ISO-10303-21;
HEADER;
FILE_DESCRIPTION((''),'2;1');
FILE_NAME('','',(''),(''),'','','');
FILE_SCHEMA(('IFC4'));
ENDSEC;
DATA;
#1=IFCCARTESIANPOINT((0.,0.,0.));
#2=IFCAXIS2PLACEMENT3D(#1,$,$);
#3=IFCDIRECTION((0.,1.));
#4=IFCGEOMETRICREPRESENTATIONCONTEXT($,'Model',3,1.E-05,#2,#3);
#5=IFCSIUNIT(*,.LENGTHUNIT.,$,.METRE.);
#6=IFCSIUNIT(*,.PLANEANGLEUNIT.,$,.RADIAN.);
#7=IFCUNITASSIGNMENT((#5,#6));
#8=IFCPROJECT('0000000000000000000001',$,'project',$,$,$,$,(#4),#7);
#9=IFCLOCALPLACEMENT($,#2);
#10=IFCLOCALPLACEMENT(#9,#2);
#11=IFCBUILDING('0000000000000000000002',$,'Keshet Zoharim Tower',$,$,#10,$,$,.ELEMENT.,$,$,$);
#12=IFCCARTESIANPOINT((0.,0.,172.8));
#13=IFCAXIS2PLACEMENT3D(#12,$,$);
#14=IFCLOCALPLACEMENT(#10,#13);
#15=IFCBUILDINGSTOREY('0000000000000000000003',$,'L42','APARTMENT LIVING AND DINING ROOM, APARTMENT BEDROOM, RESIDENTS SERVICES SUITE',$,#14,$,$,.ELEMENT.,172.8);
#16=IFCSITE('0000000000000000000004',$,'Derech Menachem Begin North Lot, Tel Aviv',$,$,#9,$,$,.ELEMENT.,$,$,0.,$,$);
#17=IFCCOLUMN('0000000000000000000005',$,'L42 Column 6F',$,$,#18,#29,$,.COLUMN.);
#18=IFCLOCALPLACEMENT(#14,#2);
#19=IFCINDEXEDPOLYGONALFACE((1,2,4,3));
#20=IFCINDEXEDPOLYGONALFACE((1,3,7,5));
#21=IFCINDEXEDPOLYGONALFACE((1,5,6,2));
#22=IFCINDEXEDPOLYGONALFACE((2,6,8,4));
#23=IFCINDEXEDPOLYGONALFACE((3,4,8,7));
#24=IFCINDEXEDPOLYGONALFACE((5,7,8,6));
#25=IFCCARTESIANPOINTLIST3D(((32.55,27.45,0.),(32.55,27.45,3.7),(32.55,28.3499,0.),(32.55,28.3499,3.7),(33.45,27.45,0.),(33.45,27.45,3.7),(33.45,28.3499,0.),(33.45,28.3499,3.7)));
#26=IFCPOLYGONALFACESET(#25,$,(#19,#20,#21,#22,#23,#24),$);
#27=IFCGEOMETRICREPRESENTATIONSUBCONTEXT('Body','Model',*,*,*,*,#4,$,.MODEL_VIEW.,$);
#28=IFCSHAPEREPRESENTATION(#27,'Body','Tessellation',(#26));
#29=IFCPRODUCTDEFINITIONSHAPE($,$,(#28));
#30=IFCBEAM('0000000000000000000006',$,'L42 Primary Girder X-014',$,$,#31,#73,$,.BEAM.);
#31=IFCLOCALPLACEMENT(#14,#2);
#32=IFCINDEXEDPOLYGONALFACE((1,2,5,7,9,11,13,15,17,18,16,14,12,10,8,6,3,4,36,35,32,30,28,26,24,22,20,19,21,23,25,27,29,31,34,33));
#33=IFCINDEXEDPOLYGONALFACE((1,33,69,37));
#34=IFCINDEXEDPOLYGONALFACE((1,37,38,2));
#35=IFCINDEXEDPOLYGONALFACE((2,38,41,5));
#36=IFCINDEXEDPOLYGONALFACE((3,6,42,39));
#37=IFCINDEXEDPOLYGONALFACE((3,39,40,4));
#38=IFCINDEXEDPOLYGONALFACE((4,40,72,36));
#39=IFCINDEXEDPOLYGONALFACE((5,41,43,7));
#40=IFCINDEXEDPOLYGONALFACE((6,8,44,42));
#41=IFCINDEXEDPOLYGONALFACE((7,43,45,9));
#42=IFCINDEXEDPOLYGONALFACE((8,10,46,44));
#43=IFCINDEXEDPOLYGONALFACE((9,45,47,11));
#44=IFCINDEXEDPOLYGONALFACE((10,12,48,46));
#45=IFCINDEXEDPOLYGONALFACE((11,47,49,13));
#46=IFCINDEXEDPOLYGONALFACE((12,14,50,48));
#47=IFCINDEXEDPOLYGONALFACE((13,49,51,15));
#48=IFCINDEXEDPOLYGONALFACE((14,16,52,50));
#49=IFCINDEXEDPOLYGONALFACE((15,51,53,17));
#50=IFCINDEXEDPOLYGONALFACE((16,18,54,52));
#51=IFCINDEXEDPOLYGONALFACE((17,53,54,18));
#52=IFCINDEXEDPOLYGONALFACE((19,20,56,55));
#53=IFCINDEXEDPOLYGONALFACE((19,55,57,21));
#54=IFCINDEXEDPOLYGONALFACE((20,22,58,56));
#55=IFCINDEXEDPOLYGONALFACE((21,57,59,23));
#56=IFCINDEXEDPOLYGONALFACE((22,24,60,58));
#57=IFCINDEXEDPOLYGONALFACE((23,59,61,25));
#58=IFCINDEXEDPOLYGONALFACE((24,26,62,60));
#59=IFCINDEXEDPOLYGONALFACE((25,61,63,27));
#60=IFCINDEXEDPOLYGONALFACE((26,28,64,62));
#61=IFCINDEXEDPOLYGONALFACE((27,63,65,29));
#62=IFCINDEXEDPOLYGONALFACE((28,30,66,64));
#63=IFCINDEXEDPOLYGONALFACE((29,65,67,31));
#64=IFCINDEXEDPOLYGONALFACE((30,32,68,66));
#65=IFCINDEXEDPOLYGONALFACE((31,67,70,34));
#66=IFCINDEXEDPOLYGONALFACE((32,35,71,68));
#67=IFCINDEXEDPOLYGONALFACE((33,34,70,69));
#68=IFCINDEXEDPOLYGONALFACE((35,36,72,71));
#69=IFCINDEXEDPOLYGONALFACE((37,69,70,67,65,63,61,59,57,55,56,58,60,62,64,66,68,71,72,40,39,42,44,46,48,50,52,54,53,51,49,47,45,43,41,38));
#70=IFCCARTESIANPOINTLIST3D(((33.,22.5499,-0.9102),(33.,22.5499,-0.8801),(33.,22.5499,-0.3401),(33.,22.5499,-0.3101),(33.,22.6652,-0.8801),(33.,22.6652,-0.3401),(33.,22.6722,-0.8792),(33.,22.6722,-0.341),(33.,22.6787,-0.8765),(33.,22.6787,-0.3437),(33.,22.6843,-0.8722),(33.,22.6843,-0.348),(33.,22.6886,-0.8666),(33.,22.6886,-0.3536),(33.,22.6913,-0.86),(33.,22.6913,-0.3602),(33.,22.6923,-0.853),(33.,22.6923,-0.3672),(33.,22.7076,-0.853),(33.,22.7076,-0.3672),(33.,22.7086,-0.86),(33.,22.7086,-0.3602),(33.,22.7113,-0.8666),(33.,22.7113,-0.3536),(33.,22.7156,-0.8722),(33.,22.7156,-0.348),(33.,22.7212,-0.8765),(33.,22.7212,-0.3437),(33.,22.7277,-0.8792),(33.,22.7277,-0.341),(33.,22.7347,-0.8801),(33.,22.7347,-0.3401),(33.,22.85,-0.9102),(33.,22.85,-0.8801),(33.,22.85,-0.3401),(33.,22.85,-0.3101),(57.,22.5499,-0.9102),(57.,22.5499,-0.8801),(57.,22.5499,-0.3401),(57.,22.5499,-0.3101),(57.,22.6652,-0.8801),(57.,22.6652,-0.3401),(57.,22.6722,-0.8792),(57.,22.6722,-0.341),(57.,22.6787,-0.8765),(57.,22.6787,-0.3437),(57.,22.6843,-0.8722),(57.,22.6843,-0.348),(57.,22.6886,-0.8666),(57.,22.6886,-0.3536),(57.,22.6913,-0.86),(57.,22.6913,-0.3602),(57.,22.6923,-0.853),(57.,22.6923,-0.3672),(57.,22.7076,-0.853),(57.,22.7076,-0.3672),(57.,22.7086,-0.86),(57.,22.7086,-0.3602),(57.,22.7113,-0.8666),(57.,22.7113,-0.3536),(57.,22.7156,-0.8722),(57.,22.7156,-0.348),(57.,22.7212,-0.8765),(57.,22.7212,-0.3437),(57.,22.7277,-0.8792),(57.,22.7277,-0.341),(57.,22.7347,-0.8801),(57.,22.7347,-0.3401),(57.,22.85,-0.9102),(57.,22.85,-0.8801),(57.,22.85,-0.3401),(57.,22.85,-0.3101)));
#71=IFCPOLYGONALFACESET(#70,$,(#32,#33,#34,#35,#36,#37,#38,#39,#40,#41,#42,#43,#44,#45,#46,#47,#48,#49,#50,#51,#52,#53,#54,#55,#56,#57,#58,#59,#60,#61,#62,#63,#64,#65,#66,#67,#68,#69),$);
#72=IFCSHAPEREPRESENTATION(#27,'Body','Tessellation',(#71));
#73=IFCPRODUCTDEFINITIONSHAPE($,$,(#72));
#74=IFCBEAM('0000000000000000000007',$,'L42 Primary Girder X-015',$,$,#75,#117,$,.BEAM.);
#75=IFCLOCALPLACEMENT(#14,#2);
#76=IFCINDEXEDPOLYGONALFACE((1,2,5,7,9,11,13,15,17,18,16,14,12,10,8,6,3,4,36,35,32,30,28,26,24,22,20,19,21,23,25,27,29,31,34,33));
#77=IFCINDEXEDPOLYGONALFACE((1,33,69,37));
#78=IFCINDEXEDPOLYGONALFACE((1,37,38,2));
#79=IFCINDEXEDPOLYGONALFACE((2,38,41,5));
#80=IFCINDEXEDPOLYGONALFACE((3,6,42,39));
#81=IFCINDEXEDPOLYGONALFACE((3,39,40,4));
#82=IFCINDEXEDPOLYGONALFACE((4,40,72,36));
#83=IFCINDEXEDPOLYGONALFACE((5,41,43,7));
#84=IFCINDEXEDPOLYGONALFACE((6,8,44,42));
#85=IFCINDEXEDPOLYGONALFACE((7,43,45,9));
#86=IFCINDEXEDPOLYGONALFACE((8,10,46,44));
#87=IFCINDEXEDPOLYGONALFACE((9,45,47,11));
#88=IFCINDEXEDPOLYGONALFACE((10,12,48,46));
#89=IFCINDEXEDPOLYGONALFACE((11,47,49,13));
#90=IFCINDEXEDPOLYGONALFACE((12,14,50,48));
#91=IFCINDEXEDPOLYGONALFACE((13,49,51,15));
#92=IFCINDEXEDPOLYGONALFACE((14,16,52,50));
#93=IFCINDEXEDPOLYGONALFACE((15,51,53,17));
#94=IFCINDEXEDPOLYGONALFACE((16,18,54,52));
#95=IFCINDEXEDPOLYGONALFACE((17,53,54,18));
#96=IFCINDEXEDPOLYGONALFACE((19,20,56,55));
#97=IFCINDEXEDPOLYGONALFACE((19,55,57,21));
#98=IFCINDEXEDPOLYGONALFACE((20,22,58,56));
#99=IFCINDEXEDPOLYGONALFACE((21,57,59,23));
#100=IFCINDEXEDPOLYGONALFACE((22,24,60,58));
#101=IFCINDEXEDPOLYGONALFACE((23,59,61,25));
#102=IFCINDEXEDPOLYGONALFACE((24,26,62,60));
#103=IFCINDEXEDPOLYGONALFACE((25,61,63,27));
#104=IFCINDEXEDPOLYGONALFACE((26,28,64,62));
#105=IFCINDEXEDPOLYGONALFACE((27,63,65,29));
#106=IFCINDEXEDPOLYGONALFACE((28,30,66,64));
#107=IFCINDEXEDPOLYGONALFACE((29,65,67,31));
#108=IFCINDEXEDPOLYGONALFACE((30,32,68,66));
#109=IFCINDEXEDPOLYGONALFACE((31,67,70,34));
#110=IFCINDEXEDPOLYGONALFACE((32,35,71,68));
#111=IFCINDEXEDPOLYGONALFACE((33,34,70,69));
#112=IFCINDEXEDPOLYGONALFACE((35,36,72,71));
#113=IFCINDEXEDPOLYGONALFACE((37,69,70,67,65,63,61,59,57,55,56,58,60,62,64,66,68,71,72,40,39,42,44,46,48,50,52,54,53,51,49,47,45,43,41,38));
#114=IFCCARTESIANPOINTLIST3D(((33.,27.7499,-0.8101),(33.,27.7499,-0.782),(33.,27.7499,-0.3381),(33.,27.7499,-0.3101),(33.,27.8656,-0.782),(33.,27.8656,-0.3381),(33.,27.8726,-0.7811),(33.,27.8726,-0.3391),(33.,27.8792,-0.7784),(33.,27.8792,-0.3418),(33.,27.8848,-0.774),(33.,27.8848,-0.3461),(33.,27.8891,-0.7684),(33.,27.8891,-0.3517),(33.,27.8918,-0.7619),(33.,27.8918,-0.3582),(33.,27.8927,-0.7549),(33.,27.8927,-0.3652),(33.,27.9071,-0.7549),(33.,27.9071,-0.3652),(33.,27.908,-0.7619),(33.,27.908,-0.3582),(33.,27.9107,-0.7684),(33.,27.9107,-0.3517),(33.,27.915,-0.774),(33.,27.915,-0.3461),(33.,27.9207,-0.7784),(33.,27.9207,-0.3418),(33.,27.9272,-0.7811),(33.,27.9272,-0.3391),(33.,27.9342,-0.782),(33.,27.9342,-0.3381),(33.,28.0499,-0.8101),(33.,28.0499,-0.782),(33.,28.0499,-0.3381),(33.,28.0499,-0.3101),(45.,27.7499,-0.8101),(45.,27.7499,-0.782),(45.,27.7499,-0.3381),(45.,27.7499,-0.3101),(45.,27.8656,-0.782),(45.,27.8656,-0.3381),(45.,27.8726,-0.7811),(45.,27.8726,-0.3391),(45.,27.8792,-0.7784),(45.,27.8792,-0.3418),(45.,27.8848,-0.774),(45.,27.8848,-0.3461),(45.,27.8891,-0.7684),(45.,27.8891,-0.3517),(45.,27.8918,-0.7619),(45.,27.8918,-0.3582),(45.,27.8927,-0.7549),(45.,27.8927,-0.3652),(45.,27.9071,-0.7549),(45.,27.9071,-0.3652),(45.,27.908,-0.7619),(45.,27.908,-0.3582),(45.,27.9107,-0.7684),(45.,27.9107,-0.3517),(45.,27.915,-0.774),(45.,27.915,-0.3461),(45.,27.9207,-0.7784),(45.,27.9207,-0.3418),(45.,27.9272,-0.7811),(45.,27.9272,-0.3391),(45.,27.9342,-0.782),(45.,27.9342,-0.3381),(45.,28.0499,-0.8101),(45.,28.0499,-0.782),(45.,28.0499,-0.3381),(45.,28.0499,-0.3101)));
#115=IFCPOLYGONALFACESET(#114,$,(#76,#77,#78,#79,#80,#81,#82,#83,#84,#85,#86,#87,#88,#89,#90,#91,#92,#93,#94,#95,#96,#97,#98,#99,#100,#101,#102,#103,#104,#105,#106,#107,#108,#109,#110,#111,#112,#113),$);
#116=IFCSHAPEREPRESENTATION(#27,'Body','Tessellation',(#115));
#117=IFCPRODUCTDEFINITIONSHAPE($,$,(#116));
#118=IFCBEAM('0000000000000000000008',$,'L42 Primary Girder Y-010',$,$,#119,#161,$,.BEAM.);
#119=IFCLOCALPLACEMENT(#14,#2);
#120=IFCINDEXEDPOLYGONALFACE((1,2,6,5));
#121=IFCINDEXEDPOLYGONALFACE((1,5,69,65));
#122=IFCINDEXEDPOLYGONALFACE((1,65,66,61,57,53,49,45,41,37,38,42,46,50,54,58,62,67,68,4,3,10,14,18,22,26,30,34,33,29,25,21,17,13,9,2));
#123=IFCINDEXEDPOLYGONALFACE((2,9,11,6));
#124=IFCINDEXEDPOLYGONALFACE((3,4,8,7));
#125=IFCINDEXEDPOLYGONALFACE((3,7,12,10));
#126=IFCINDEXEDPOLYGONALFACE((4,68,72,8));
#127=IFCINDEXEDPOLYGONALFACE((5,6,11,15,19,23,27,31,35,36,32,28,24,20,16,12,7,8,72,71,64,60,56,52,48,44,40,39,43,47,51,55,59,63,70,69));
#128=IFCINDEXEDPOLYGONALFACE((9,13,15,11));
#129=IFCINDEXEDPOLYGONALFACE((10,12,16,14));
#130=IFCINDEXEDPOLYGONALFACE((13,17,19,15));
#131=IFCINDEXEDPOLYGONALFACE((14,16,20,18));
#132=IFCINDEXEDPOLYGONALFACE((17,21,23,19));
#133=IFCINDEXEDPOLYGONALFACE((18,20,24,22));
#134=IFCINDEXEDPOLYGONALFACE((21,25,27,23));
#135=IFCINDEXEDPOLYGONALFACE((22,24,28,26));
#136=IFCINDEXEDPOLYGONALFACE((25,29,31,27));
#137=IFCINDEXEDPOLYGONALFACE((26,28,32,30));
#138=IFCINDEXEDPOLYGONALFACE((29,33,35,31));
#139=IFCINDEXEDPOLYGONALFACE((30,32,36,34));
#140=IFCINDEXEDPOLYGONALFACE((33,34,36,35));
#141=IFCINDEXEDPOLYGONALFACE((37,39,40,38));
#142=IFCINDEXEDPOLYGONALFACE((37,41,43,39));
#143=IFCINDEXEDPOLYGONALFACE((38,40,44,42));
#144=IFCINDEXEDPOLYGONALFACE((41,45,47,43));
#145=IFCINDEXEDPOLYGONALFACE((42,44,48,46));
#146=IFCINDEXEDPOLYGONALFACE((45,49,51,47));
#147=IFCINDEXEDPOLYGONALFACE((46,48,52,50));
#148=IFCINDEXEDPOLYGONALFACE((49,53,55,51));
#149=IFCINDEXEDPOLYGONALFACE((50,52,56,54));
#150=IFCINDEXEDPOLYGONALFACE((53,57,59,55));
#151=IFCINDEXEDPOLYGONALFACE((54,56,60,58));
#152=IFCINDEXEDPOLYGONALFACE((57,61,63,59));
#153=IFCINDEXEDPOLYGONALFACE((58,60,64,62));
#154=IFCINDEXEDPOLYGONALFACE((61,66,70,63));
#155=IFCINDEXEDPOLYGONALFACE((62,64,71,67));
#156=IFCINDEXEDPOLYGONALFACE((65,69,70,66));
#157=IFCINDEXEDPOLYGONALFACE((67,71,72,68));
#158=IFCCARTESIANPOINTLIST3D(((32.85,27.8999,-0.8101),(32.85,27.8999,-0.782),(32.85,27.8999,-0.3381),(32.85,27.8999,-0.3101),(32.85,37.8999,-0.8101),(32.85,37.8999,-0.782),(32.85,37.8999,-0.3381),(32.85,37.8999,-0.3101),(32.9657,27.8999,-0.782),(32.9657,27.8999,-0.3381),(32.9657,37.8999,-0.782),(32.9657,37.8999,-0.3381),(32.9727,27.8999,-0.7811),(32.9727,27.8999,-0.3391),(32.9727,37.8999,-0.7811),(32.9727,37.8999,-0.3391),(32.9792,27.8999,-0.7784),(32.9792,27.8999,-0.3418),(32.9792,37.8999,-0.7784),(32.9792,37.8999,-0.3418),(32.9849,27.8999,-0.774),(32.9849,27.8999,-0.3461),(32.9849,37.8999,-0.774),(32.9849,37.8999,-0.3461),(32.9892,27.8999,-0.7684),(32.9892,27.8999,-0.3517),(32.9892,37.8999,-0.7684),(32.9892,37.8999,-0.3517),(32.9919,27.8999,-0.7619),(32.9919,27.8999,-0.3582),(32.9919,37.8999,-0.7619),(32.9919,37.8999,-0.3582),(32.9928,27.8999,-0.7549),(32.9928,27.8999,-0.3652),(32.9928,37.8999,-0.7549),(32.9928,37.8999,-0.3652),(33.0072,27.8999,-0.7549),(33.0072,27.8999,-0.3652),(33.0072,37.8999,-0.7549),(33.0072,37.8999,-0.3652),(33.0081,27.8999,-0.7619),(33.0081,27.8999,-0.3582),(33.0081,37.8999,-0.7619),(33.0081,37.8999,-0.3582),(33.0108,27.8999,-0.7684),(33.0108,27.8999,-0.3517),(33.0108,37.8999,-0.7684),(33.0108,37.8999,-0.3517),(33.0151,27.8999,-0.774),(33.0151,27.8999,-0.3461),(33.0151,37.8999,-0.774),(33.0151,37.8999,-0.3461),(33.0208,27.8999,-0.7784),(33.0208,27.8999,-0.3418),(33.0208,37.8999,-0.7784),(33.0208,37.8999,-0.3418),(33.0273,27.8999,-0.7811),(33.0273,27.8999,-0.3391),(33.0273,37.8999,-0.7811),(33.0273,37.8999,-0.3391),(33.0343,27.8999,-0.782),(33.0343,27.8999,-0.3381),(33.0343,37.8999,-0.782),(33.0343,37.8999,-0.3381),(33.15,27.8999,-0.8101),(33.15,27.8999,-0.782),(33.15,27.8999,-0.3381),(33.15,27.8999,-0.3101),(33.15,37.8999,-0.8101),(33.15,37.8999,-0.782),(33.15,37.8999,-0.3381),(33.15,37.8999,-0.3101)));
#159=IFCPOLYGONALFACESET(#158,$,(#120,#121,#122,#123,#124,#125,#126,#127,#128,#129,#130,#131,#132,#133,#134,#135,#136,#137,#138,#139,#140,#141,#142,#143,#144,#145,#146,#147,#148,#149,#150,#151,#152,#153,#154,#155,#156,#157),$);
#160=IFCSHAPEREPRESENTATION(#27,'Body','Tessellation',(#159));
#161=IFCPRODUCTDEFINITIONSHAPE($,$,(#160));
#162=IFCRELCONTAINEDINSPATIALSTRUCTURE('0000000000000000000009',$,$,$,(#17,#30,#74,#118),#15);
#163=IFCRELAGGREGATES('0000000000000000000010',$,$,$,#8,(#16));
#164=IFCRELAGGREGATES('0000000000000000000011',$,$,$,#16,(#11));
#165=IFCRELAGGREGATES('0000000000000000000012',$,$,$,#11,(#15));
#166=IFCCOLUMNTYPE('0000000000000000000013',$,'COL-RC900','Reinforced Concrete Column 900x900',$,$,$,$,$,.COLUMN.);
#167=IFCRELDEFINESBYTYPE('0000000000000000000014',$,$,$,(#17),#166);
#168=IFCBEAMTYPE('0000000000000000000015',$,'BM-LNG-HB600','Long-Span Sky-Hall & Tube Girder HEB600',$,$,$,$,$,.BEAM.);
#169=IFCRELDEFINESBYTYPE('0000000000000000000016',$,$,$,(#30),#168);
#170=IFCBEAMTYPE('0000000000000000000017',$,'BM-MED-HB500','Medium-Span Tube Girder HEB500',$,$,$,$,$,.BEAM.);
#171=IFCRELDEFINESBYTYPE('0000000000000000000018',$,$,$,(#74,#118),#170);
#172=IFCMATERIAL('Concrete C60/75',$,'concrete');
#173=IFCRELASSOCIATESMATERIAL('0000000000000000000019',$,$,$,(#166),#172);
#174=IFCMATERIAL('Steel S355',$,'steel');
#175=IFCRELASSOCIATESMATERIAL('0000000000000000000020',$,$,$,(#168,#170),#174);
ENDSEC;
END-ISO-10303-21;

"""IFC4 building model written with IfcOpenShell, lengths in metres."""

from ifc_helpers import new_model, si_unit, direction, frame, origin, origin_2d, place, context, subcontext, project, spatial, rectangle, i_section, extrude, material, material_profile, profile_set, type_object, element, save


model = new_model("IFC4")

# Units and contexts
model_context = context("Model", 3, precision=1e-05, world=origin(), true_north=direction((0.0, 1.0)))
body_context = subcontext(model_context, "Body", "Model", "MODEL_VIEW")
ifc_project = project(units=[si_unit("LENGTHUNIT", "METRE"), si_unit("PLANEANGLEUNIT", "RADIAN")], contexts=[model_context])

# Site, building, storey
site_placement = place(None, origin())
site = spatial("IfcSite", under=ifc_project, at=site_placement, Name="Derech Menachem Begin North Lot, Tel Aviv", CompositionType="ELEMENT", RefElevation=0.0)
building_placement = place(site_placement, origin())
building = spatial("IfcBuilding", under=site, at=building_placement, Name="Keshet Zoharim Tower", CompositionType="ELEMENT")
storey_placement = place(building_placement, frame((0.0, 0.0, 172.8)))
storey = spatial("IfcBuildingStorey", under=building, at=storey_placement, Name="L42", Description="APARTMENT LIVING AND DINING ROOM, APARTMENT BEDROOM, RESIDENTS SERVICES SUITE", CompositionType="ELEMENT", Elevation=172.8)

# Column
ifc_material_1 = material(Name="Concrete C60/75", Category="concrete")
ifc_material_profile_1 = material_profile(ifc_material_1, rectangle(XDim=0.8999, YDim=0.8999, at=origin_2d()), Name="RC900x900")
ifc_profile_set_1 = profile_set([ifc_material_profile_1], Name="Concrete C60/75")
column_type = type_object("IfcColumnType", Name="COL-RC900", Description="Reinforced Concrete Column 900x900", PredefinedType="COLUMN", material=ifc_profile_set_1)
column_placement = place(storey_placement, frame((33.0, 27.8999, 0.0), z_axis=(0.0, 0.0, 1.0), x_axis=(1.0, 0.0, 0.0)))
element("IfcColumn", 1, at=column_placement, inside=storey, type_object=column_type, Name="L42 Column 6F", PredefinedType="COLUMN", context=body_context, shape_type="SweptSolid", body=[
    extrude(rectangle(XDim=0.8999, YDim=0.8999, at=origin_2d()), origin(), (0.0, 0.0, 1.0), 3.7),
])

# Beams
ifc_material_2 = material(Name="Steel S355", Category="steel")
ifc_material_profile_2 = material_profile(ifc_material_2, i_section(OverallWidth=0.3, OverallDepth=0.6001, WebThickness=0.0154, FlangeThickness=0.03, FilletRadius=0.0271, at=origin_2d()), Name="HEB600")
ifc_profile_set_2 = profile_set([ifc_material_profile_2], Name="Steel S355")
beam_type_1 = type_object("IfcBeamType", Name="BM-LNG-HB600", Description="Long-Span Sky-Hall & Tube Girder HEB600", PredefinedType="BEAM", material=ifc_profile_set_2)
beam_1_placement = place(storey_placement, frame((33.0, 22.7, -0.6101), z_axis=(1.0, 0.0, 0.0), x_axis=(0.0, 1.0, 0.0)))
element("IfcBeam", 2, at=beam_1_placement, inside=storey, type_object=beam_type_1, Name="L42 Primary Girder X-014", PredefinedType="BEAM", context=body_context, shape_type="SweptSolid", body=[
    extrude(i_section(OverallWidth=0.3, OverallDepth=0.6001, WebThickness=0.0154, FlangeThickness=0.03, FilletRadius=0.0271, at=origin_2d()), origin(), (0.0, 0.0, 1.0), 24.0),
])
ifc_material_profile_3 = material_profile(ifc_material_2, i_section(OverallWidth=0.3, OverallDepth=0.5, WebThickness=0.0144, FlangeThickness=0.0281, FilletRadius=0.0271, at=origin_2d()), Name="HEB500")
ifc_profile_set_3 = profile_set([ifc_material_profile_3], Name="Steel S355")
beam_type_2 = type_object("IfcBeamType", Name="BM-MED-HB500", Description="Medium-Span Tube Girder HEB500", PredefinedType="BEAM", material=ifc_profile_set_3)
beam_2_placement = place(storey_placement, frame((33.0, 27.8999, -0.5601), z_axis=(1.0, 0.0, 0.0), x_axis=(0.0, 1.0, 0.0)))
element("IfcBeam", 3, at=beam_2_placement, inside=storey, type_object=beam_type_2, Name="L42 Primary Girder X-015", PredefinedType="BEAM", context=body_context, shape_type="SweptSolid", body=[
    extrude(i_section(OverallWidth=0.3, OverallDepth=0.5, WebThickness=0.0144, FlangeThickness=0.0281, FilletRadius=0.0271, at=origin_2d()), origin(), (0.0, 0.0, 1.0), 12.0),
])
beam_3_placement = place(storey_placement, frame((33.0, 27.8999, -0.5601), z_axis=(0.0, 1.0, 0.0), x_axis=(-1.0, 0.0, 0.0)))
element("IfcBeam", 4, at=beam_3_placement, inside=storey, type_object=beam_type_2, Name="L42 Primary Girder Y-010", PredefinedType="BEAM", context=body_context, shape_type="SweptSolid", body=[
    extrude(i_section(OverallWidth=0.3, OverallDepth=0.5, WebThickness=0.0144, FlangeThickness=0.0281, FilletRadius=0.0271, at=origin_2d()), origin(), (0.0, 0.0, 1.0), 10.0),
])

save(model, "model.ifc")
